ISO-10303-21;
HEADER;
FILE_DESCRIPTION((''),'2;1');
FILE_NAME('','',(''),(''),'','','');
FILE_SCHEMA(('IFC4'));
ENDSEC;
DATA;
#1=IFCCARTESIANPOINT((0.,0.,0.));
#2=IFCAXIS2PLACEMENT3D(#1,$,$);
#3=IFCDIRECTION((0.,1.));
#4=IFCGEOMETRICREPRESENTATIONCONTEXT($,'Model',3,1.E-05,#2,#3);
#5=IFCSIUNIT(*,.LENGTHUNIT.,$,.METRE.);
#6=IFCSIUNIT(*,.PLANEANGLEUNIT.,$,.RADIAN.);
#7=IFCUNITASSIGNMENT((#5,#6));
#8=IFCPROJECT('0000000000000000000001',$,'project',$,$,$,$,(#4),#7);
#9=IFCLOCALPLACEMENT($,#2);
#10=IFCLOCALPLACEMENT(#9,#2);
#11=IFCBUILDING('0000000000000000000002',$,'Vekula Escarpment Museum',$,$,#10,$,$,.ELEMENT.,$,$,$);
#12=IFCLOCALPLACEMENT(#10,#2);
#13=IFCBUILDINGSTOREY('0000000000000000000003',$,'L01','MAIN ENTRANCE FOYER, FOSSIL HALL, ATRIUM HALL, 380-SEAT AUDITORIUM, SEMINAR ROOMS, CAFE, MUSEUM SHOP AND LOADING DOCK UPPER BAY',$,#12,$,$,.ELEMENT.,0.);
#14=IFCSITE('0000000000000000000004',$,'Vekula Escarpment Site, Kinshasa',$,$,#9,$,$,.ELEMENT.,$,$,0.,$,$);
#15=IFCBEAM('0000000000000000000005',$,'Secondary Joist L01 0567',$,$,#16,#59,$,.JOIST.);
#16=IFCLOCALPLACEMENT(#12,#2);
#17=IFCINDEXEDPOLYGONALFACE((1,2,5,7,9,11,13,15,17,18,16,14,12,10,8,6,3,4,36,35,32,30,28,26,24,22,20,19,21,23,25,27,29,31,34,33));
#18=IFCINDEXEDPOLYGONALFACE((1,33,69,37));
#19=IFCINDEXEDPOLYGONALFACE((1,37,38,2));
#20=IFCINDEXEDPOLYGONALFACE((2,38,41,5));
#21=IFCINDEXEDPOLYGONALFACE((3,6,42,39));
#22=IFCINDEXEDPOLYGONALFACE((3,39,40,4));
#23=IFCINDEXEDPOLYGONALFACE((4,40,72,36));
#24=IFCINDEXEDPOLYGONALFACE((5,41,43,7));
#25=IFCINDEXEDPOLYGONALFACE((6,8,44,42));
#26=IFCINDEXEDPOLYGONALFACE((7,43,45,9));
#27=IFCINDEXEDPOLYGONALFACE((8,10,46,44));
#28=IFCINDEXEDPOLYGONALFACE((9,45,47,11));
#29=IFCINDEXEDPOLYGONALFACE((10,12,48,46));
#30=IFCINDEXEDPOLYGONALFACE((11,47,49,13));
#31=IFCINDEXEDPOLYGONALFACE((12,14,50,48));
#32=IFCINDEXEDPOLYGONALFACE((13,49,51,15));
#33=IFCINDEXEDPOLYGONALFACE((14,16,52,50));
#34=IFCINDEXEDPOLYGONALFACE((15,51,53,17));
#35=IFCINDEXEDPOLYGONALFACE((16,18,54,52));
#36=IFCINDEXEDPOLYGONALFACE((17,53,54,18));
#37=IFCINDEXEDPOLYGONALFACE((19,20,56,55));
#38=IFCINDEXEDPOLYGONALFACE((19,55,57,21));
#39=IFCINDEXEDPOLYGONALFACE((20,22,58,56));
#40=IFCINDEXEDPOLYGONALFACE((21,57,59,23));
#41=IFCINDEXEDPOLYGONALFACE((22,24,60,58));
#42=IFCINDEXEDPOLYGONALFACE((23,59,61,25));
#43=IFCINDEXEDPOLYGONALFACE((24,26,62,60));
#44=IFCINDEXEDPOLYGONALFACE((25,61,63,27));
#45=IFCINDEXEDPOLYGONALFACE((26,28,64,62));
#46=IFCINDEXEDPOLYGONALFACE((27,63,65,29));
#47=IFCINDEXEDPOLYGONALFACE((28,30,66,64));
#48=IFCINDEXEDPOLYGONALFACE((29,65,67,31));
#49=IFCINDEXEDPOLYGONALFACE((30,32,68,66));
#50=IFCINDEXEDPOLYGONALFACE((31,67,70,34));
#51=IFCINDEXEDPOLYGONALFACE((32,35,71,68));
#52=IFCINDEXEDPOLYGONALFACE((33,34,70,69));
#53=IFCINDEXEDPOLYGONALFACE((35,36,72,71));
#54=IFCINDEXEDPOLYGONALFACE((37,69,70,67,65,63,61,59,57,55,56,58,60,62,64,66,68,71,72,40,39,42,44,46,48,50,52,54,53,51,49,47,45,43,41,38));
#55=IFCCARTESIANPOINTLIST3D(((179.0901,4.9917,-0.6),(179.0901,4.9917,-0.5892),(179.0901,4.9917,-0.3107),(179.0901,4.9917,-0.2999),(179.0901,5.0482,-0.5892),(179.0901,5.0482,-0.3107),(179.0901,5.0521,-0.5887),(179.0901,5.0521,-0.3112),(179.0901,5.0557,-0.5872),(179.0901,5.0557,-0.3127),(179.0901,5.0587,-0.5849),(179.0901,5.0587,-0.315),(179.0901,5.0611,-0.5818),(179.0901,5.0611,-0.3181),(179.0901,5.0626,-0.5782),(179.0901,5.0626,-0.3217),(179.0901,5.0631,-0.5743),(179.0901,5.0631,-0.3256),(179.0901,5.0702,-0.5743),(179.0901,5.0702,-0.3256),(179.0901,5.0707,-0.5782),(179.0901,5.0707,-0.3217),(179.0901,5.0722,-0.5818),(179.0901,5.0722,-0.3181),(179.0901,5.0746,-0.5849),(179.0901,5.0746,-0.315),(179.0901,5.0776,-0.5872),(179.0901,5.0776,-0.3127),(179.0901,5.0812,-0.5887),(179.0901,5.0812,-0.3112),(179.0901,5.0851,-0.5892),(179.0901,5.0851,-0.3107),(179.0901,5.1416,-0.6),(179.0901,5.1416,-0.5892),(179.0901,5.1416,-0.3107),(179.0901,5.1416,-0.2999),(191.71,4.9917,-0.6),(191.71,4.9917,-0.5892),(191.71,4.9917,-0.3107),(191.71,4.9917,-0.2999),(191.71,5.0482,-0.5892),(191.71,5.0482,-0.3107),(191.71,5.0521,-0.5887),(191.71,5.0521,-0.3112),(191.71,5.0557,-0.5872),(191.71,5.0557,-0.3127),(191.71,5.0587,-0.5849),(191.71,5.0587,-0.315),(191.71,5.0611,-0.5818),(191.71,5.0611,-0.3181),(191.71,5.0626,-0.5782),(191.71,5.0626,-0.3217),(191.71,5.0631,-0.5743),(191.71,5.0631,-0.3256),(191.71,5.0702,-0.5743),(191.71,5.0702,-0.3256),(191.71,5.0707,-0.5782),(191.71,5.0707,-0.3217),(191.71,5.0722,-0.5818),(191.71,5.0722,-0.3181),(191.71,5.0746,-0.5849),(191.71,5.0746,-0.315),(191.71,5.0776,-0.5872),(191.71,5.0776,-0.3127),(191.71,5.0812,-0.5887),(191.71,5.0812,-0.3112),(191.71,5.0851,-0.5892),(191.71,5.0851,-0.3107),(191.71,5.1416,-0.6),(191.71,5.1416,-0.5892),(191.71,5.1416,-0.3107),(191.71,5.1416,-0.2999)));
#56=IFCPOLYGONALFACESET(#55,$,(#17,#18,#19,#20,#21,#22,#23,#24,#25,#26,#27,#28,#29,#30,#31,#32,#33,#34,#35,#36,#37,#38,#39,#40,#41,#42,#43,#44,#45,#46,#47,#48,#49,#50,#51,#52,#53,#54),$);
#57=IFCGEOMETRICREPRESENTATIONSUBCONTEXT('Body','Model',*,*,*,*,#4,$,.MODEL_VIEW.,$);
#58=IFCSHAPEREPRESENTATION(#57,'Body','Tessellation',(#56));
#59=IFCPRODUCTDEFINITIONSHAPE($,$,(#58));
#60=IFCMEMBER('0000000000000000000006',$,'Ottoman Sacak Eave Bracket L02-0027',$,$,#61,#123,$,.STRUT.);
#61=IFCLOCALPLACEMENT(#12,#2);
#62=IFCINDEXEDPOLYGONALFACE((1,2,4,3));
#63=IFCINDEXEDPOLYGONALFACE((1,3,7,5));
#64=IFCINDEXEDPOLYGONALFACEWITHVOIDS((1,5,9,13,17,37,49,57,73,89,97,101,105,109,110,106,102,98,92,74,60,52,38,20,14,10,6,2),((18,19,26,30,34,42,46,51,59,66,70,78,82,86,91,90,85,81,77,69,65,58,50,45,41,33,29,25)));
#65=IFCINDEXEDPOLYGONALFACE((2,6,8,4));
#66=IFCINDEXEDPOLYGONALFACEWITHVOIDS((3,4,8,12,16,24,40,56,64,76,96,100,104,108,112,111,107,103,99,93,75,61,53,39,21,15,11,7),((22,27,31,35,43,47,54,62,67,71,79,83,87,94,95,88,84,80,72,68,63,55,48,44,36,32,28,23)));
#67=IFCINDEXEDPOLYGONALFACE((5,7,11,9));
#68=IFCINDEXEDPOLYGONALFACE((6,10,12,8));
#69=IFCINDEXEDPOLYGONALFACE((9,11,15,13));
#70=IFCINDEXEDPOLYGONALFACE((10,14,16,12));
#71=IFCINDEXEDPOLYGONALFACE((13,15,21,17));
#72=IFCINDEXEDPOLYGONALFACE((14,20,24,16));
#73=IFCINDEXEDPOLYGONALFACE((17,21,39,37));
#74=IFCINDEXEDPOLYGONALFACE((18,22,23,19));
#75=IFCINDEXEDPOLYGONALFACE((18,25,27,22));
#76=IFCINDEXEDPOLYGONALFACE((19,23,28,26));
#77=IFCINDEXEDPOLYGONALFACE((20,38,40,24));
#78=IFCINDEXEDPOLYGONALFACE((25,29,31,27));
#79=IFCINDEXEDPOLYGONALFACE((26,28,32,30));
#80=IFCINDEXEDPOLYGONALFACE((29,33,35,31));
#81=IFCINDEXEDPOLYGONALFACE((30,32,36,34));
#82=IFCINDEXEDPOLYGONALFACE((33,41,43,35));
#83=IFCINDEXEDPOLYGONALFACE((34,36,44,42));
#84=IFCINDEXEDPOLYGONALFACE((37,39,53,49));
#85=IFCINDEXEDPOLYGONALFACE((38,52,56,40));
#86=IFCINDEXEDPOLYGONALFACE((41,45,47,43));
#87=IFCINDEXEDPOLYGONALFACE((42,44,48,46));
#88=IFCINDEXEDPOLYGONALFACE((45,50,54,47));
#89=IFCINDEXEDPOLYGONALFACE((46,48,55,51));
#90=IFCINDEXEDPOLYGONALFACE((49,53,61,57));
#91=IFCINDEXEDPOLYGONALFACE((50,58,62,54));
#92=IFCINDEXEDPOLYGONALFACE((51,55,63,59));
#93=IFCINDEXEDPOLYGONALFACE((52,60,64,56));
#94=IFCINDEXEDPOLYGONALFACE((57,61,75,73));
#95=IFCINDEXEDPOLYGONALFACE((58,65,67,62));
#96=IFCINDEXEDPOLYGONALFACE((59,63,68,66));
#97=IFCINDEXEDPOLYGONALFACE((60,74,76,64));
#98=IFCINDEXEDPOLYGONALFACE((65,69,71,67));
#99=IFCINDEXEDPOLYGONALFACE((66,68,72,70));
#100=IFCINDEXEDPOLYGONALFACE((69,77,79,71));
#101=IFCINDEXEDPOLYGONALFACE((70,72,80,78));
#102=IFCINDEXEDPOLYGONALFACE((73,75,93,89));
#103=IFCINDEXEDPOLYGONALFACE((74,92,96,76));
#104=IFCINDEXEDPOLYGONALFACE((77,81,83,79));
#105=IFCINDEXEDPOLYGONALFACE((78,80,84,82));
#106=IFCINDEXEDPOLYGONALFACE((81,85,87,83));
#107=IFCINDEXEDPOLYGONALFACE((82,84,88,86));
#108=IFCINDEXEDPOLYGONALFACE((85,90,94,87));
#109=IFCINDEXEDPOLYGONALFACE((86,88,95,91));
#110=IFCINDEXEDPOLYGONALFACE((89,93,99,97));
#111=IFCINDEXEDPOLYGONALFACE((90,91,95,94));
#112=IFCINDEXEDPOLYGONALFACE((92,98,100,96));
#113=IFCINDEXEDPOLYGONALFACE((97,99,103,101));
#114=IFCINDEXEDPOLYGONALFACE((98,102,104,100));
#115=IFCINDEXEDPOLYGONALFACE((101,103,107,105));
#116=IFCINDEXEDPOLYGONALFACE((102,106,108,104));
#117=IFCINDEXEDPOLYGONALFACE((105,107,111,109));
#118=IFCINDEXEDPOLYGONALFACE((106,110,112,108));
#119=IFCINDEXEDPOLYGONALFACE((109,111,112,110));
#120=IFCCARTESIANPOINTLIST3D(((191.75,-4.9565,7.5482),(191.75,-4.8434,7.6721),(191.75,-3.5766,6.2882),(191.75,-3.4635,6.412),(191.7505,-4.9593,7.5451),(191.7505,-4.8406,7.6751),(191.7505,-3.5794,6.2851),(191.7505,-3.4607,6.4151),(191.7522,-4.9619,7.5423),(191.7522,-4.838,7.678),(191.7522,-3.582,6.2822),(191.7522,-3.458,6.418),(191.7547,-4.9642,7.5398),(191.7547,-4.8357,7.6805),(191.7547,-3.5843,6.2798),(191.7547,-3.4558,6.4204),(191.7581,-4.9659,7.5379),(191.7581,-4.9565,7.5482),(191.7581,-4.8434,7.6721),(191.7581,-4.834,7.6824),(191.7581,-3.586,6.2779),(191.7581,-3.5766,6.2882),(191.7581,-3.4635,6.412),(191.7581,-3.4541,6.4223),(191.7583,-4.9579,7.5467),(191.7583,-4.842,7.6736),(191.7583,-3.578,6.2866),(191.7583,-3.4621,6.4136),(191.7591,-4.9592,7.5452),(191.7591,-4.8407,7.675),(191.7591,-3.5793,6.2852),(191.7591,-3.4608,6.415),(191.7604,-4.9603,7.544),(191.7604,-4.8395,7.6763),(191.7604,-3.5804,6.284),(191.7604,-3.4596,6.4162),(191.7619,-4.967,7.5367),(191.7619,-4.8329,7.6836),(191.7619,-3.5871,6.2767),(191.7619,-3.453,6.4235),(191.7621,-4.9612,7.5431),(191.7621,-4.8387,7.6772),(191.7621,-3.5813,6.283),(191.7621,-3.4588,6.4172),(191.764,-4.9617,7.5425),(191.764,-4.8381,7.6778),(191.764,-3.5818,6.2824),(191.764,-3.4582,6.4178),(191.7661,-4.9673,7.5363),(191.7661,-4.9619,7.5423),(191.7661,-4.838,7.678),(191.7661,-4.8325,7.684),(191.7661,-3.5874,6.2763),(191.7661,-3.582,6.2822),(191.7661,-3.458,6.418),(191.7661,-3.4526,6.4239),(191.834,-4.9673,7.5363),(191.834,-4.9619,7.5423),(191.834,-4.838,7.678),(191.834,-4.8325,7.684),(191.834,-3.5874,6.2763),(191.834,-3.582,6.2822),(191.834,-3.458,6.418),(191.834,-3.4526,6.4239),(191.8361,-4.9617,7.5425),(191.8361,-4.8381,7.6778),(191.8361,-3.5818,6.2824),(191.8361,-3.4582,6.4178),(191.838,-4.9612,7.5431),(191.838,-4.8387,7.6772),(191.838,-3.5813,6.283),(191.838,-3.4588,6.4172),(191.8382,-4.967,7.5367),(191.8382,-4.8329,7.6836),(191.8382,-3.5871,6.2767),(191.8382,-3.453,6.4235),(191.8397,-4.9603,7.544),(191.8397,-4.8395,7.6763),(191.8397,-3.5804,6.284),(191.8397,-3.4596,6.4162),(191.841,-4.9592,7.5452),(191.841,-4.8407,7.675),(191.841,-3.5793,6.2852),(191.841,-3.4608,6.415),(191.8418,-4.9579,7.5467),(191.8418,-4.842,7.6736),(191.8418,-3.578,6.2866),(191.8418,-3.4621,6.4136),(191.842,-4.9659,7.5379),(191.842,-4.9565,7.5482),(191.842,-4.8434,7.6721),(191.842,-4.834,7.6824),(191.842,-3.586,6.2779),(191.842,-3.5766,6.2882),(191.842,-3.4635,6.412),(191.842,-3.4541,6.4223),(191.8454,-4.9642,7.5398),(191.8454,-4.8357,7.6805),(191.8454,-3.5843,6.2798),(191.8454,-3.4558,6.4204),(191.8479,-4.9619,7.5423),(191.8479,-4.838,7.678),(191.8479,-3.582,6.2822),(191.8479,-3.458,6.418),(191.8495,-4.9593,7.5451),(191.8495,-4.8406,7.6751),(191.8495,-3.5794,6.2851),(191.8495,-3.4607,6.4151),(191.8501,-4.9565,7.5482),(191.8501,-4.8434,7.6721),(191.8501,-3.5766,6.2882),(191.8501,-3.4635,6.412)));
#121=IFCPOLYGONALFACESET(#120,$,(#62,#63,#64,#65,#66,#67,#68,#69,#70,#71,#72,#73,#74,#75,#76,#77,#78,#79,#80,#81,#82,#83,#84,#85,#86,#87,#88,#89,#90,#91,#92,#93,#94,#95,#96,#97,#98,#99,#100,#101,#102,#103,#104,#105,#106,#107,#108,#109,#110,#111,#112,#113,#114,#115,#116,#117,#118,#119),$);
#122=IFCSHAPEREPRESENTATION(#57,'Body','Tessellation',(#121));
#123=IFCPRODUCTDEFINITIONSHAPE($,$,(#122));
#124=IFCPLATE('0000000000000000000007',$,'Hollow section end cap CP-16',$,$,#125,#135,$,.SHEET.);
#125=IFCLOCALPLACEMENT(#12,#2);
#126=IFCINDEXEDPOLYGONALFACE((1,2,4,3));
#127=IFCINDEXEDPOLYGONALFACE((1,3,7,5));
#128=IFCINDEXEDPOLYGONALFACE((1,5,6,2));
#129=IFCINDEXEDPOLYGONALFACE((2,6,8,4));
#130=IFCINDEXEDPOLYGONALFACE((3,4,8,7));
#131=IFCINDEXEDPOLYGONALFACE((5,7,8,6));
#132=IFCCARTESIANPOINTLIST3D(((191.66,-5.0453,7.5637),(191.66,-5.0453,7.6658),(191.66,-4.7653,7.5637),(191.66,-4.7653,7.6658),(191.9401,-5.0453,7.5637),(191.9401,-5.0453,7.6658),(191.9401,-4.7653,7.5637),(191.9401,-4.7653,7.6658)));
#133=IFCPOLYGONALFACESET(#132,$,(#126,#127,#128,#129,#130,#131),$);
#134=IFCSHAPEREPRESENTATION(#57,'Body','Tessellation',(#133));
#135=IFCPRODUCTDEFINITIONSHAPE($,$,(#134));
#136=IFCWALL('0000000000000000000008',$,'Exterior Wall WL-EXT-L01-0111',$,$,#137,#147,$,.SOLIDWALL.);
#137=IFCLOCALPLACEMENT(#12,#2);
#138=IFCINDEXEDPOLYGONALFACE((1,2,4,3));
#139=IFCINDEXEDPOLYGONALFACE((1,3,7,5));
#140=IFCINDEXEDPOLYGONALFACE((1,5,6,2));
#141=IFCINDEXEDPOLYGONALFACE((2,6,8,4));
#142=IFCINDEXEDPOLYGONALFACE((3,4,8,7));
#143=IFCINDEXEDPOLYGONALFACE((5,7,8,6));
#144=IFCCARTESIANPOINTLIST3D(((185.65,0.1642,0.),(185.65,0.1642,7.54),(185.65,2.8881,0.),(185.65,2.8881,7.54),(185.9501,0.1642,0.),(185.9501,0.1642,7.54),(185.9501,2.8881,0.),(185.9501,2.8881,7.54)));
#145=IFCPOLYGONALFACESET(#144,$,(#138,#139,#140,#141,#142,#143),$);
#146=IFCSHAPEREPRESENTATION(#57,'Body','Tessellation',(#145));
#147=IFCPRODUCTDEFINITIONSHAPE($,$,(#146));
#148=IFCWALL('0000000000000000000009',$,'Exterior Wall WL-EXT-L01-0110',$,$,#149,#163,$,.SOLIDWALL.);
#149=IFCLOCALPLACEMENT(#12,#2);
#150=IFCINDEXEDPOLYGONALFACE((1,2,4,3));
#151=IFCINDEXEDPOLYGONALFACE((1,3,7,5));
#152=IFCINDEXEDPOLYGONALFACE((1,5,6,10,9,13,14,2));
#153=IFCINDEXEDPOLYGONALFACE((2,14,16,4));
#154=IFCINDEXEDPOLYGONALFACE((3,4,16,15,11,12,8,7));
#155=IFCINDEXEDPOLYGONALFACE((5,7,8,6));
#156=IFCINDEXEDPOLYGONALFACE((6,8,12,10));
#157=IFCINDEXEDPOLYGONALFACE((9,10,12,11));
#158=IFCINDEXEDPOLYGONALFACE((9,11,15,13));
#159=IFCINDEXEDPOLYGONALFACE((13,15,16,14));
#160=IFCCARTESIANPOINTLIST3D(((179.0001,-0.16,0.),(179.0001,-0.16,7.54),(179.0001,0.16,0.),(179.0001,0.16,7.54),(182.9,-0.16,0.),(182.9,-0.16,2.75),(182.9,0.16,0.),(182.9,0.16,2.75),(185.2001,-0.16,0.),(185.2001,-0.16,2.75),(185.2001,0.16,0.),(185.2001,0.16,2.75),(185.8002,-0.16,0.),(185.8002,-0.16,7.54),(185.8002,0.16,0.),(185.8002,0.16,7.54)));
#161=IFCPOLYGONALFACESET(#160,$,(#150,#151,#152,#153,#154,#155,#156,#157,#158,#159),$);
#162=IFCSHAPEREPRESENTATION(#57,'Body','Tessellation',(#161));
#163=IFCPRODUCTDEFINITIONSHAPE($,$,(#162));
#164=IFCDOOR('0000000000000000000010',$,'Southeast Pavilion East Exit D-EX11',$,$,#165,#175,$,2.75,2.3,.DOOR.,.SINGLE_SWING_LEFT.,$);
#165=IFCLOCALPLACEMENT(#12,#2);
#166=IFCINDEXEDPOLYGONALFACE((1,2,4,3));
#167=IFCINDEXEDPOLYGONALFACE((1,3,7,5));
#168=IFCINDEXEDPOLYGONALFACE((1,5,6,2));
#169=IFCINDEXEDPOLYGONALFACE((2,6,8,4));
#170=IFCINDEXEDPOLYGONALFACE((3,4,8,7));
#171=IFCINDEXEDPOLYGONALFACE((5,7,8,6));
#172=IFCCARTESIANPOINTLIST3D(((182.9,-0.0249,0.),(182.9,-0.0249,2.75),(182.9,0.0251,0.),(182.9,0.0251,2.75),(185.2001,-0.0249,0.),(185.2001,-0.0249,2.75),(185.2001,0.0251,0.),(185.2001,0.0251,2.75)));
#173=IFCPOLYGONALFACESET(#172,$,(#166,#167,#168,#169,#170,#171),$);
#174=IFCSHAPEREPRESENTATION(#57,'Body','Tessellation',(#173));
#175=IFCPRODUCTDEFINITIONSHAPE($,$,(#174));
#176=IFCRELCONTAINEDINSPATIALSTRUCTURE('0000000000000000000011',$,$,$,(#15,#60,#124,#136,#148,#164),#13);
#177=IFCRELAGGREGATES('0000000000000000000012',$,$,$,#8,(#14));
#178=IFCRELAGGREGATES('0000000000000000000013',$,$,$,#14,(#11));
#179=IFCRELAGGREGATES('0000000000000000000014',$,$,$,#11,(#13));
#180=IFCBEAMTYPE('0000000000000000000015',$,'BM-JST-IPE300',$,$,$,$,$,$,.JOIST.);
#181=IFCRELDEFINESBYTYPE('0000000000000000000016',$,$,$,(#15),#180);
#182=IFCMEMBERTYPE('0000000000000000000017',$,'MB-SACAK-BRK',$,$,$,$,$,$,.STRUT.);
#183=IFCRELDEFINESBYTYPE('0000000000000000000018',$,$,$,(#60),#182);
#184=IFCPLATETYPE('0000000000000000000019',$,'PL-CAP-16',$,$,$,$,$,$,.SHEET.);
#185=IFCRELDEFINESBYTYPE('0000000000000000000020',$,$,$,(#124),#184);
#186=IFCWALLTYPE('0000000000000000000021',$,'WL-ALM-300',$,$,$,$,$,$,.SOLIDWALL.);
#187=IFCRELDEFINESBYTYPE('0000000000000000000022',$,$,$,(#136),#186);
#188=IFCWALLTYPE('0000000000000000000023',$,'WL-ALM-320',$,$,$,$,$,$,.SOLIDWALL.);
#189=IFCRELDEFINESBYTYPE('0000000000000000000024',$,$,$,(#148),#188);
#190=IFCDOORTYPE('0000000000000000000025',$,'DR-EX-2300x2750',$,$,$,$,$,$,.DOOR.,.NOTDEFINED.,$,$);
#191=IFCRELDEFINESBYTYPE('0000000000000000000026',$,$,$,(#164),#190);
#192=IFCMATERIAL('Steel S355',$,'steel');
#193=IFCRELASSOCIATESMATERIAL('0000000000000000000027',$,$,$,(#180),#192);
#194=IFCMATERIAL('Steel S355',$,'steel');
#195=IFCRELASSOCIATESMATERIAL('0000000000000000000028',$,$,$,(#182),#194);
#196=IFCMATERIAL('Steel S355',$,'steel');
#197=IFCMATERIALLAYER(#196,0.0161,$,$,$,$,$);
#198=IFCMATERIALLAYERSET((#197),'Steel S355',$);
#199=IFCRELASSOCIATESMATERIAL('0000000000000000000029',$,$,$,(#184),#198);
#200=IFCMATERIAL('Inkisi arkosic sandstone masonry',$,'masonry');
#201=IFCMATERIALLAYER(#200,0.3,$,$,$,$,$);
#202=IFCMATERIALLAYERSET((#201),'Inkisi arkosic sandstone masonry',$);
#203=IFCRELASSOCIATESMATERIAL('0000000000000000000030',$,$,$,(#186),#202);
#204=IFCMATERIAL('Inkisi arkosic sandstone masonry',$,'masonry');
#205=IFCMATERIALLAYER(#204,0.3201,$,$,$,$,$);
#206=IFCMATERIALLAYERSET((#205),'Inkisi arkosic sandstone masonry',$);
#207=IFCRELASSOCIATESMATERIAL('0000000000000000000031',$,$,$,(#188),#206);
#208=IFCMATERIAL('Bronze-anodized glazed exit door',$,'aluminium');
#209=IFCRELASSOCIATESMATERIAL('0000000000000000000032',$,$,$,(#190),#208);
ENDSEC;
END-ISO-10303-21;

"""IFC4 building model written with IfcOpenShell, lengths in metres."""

from ifc_helpers import new_model, si_unit, direction, frame, frame_2d, origin, origin_2d, place, context, subcontext, project, spatial, rectangle, hollow_rectangle, i_section, extrude, material, layer, layer_set, material_profile, profile_set, type_object, element, fill, save


model = new_model("IFC4")

# Units and contexts
model_context = context("Model", 3, precision=1e-05, world=origin(), true_north=direction((0.0, 1.0)))
body_context = subcontext(model_context, "Body", "Model", "MODEL_VIEW")
ifc_project = project(units=[si_unit("LENGTHUNIT", "METRE"), si_unit("PLANEANGLEUNIT", "RADIAN")], contexts=[model_context])

# Site, building, storey
site_placement = place(None, origin())
site = spatial("IfcSite", under=ifc_project, at=site_placement, Name="Vekula Escarpment Site, Kinshasa", CompositionType="ELEMENT", RefElevation=0.0)
building_placement = place(site_placement, origin())
building = spatial("IfcBuilding", under=site, at=building_placement, Name="Vekula Escarpment Museum", CompositionType="ELEMENT")
storey_placement = place(building_placement, origin())
storey = spatial("IfcBuildingStorey", under=building, at=storey_placement, Name="L01", Description="MAIN ENTRANCE FOYER, FOSSIL HALL, ATRIUM HALL, 380-SEAT AUDITORIUM, SEMINAR ROOMS, CAFE, MUSEUM SHOP AND LOADING DOCK UPPER BAY", CompositionType="ELEMENT", Elevation=0.0)

# Beam
ifc_material_1 = material(Name="Steel S355", Category="steel")
ifc_material_profile_1 = material_profile(ifc_material_1, i_section(OverallWidth=0.1499, OverallDepth=0.3, WebThickness=0.0071, FlangeThickness=0.0107, FilletRadius=0.0149, at=origin_2d()), Name="IPE 300")
ifc_profile_set_1 = profile_set([ifc_material_profile_1], Name="Steel S355")
beam_type = type_object("IfcBeamType", Name="BM-JST-IPE300", PredefinedType="JOIST", material=ifc_profile_set_1)
beam_placement = place(storey_placement, frame((179.0901, 5.0667, -0.45), z_axis=(1.0, 0.0, 0.0), x_axis=(0.0, 1.0, 0.0)))
element("IfcBeam", 1, at=beam_placement, inside=storey, type_object=beam_type, Name="Secondary Joist L01 0567", PredefinedType="JOIST", context=body_context, shape_type="SweptSolid", body=[
    extrude(i_section(OverallWidth=0.1499, OverallDepth=0.3, WebThickness=0.0071, FlangeThickness=0.0107, FilletRadius=0.0149, at=origin_2d()), origin(), (0.0, 0.0, 1.0), 12.6199),
])

# Member
ifc_material_2 = material(Name="Steel S355", Category="steel")
ifc_material_profile_2 = material_profile(ifc_material_2, hollow_rectangle(XDim=0.1001, YDim=0.2, WallThickness=0.0081, InnerFilletRadius=0.0081, OuterFilletRadius=0.0161, at=origin_2d()), Name="RHS 200x100x8")
ifc_profile_set_2 = profile_set([ifc_material_profile_2], Name="Steel S355")
member_type = type_object("IfcMemberType", Name="MB-SACAK-BRK", PredefinedType="STRUT", material=ifc_profile_set_2)
member_placement = place(storey_placement, frame((191.8, -3.52, 6.3501), z_axis=(0.0, -0.738454, 0.674303), x_axis=(1.0, 0.0, 0.0)))
element("IfcMember", 2, at=member_placement, inside=storey, type_object=member_type, Name="Ottoman Sacak Eave Bracket L02-0027", PredefinedType="STRUT", context=body_context, shape_type="SweptSolid", body=[
    extrude(hollow_rectangle(XDim=0.1001, YDim=0.2, WallThickness=0.0081, InnerFilletRadius=0.0081, OuterFilletRadius=0.0161, at=origin_2d()), origin(), (0.0, 0.0, 1.0), 1.8687),
])

# Plate
ifc_material_3 = material(Name="Steel S355", Category="steel")
ifc_layer_1 = layer(ifc_material_3, 0.0161)
ifc_layer_set_1 = layer_set([ifc_layer_1], Name="Steel S355")
plate_type = type_object("IfcPlateType", Name="PL-CAP-16", PredefinedType="SHEET", material=ifc_layer_set_1)
plate_placement = place(storey_placement, frame((191.8, -4.9053, 7.5637), z_axis=(0.0, 0.0, 1.0), x_axis=(1.0, 0.0, 0.0)))
element("IfcPlate", 3, at=plate_placement, inside=storey, type_object=plate_type, Name="Hollow section end cap CP-16", PredefinedType="SHEET", context=body_context, shape_type="SweptSolid", body=[
    extrude(rectangle(XDim=0.28, YDim=0.28, at=origin_2d()), origin(), (0.0, 0.0, 1.0), 0.1021),
])

# Wall
ifc_material_4 = material(Name="Inkisi arkosic sandstone masonry", Category="masonry")
ifc_layer_2 = layer(ifc_material_4, 0.3)
ifc_layer_set_2 = layer_set([ifc_layer_2], Name="Inkisi arkosic sandstone masonry")
wall_type_1 = type_object("IfcWallType", Name="WL-ALM-300", PredefinedType="SOLIDWALL", material=ifc_layer_set_2)
wall_1_placement = place(storey_placement, frame((185.8, 2.8879, 0.0), z_axis=(0.0, 0.0, 1.0), x_axis=(0.0, -1.0, 0.0)))
element("IfcWall", 4, at=wall_1_placement, inside=storey, type_object=wall_type_1, Name="Exterior Wall WL-EXT-L01-0111", PredefinedType="SOLIDWALL", context=body_context, shape_type="SweptSolid", body=[
    extrude(rectangle(XDim=2.7239, YDim=0.3, at=frame_2d((1.3618, 0.0))), origin(), (0.0, 0.0, 1.0), 7.54),
])

# Wall, opening, door
ifc_material_5 = material(Name="Inkisi arkosic sandstone masonry", Category="masonry")
ifc_layer_3 = layer(ifc_material_5, 0.3201)
ifc_layer_set_3 = layer_set([ifc_layer_3], Name="Inkisi arkosic sandstone masonry")
wall_type_2 = type_object("IfcWallType", Name="WL-ALM-320", PredefinedType="SOLIDWALL", material=ifc_layer_set_3)
wall_2_placement = place(storey_placement, frame((185.8, 0.0, 0.0), z_axis=(0.0, 0.0, 1.0), x_axis=(-1.0, 0.0, 0.0)))
wall_2 = element("IfcWall", 5, at=wall_2_placement, inside=storey, type_object=wall_type_2, Name="Exterior Wall WL-EXT-L01-0110", PredefinedType="SOLIDWALL", context=body_context, shape_type="SweptSolid", body=[
    extrude(rectangle(XDim=6.8, YDim=0.3201, at=frame_2d((3.3999, 0.0))), origin(), (0.0, 0.0, 1.0), 7.54),
])
opening_1_placement = place(wall_2_placement, frame((0.6001, 0.0, 0.0)))
opening_1 = element("IfcOpeningElement", 6, at=opening_1_placement, cuts=wall_2, PredefinedType="OPENING", context=body_context, shape_type="SweptSolid", body=[
    extrude(rectangle(XDim=2.3, YDim=2.75, at=frame_2d((1.1499, 1.375))), frame((0.0, 0.1699, 0.0), z_axis=(0.0, -1.0, 0.0), x_axis=(1.0, 0.0, 0.0)), (0.0, 0.0, 1.0), 0.3401),
])
ifc_material_6 = material(Name="Bronze-anodized glazed exit door", Category="aluminium")
door_type_1 = type_object("IfcDoorType", Name="DR-EX-2300x2750", OperationType="NOTDEFINED", PredefinedType="DOOR", material=ifc_material_6)
door_1_placement = place(opening_1_placement, origin())
door_1 = element("IfcDoor", 7, at=door_1_placement, inside=storey, type_object=door_type_1, Name="Southeast Pavilion East Exit D-EX11", OperationType="SINGLE_SWING_LEFT", OverallHeight=2.75, OverallWidth=2.3, PredefinedType="DOOR", context=body_context, shape_type="SweptSolid", body=[
    extrude(rectangle(XDim=2.3, YDim=2.75, at=frame_2d((1.1499, 1.375))), frame((0.0, 0.0249, 0.0), z_axis=(0.0, -1.0, 0.0), x_axis=(1.0, 0.0, 0.0)), (0.0, 0.0, 1.0), 0.05),
])
fill(opening_1, door_1)

save(model, "model.ifc")
